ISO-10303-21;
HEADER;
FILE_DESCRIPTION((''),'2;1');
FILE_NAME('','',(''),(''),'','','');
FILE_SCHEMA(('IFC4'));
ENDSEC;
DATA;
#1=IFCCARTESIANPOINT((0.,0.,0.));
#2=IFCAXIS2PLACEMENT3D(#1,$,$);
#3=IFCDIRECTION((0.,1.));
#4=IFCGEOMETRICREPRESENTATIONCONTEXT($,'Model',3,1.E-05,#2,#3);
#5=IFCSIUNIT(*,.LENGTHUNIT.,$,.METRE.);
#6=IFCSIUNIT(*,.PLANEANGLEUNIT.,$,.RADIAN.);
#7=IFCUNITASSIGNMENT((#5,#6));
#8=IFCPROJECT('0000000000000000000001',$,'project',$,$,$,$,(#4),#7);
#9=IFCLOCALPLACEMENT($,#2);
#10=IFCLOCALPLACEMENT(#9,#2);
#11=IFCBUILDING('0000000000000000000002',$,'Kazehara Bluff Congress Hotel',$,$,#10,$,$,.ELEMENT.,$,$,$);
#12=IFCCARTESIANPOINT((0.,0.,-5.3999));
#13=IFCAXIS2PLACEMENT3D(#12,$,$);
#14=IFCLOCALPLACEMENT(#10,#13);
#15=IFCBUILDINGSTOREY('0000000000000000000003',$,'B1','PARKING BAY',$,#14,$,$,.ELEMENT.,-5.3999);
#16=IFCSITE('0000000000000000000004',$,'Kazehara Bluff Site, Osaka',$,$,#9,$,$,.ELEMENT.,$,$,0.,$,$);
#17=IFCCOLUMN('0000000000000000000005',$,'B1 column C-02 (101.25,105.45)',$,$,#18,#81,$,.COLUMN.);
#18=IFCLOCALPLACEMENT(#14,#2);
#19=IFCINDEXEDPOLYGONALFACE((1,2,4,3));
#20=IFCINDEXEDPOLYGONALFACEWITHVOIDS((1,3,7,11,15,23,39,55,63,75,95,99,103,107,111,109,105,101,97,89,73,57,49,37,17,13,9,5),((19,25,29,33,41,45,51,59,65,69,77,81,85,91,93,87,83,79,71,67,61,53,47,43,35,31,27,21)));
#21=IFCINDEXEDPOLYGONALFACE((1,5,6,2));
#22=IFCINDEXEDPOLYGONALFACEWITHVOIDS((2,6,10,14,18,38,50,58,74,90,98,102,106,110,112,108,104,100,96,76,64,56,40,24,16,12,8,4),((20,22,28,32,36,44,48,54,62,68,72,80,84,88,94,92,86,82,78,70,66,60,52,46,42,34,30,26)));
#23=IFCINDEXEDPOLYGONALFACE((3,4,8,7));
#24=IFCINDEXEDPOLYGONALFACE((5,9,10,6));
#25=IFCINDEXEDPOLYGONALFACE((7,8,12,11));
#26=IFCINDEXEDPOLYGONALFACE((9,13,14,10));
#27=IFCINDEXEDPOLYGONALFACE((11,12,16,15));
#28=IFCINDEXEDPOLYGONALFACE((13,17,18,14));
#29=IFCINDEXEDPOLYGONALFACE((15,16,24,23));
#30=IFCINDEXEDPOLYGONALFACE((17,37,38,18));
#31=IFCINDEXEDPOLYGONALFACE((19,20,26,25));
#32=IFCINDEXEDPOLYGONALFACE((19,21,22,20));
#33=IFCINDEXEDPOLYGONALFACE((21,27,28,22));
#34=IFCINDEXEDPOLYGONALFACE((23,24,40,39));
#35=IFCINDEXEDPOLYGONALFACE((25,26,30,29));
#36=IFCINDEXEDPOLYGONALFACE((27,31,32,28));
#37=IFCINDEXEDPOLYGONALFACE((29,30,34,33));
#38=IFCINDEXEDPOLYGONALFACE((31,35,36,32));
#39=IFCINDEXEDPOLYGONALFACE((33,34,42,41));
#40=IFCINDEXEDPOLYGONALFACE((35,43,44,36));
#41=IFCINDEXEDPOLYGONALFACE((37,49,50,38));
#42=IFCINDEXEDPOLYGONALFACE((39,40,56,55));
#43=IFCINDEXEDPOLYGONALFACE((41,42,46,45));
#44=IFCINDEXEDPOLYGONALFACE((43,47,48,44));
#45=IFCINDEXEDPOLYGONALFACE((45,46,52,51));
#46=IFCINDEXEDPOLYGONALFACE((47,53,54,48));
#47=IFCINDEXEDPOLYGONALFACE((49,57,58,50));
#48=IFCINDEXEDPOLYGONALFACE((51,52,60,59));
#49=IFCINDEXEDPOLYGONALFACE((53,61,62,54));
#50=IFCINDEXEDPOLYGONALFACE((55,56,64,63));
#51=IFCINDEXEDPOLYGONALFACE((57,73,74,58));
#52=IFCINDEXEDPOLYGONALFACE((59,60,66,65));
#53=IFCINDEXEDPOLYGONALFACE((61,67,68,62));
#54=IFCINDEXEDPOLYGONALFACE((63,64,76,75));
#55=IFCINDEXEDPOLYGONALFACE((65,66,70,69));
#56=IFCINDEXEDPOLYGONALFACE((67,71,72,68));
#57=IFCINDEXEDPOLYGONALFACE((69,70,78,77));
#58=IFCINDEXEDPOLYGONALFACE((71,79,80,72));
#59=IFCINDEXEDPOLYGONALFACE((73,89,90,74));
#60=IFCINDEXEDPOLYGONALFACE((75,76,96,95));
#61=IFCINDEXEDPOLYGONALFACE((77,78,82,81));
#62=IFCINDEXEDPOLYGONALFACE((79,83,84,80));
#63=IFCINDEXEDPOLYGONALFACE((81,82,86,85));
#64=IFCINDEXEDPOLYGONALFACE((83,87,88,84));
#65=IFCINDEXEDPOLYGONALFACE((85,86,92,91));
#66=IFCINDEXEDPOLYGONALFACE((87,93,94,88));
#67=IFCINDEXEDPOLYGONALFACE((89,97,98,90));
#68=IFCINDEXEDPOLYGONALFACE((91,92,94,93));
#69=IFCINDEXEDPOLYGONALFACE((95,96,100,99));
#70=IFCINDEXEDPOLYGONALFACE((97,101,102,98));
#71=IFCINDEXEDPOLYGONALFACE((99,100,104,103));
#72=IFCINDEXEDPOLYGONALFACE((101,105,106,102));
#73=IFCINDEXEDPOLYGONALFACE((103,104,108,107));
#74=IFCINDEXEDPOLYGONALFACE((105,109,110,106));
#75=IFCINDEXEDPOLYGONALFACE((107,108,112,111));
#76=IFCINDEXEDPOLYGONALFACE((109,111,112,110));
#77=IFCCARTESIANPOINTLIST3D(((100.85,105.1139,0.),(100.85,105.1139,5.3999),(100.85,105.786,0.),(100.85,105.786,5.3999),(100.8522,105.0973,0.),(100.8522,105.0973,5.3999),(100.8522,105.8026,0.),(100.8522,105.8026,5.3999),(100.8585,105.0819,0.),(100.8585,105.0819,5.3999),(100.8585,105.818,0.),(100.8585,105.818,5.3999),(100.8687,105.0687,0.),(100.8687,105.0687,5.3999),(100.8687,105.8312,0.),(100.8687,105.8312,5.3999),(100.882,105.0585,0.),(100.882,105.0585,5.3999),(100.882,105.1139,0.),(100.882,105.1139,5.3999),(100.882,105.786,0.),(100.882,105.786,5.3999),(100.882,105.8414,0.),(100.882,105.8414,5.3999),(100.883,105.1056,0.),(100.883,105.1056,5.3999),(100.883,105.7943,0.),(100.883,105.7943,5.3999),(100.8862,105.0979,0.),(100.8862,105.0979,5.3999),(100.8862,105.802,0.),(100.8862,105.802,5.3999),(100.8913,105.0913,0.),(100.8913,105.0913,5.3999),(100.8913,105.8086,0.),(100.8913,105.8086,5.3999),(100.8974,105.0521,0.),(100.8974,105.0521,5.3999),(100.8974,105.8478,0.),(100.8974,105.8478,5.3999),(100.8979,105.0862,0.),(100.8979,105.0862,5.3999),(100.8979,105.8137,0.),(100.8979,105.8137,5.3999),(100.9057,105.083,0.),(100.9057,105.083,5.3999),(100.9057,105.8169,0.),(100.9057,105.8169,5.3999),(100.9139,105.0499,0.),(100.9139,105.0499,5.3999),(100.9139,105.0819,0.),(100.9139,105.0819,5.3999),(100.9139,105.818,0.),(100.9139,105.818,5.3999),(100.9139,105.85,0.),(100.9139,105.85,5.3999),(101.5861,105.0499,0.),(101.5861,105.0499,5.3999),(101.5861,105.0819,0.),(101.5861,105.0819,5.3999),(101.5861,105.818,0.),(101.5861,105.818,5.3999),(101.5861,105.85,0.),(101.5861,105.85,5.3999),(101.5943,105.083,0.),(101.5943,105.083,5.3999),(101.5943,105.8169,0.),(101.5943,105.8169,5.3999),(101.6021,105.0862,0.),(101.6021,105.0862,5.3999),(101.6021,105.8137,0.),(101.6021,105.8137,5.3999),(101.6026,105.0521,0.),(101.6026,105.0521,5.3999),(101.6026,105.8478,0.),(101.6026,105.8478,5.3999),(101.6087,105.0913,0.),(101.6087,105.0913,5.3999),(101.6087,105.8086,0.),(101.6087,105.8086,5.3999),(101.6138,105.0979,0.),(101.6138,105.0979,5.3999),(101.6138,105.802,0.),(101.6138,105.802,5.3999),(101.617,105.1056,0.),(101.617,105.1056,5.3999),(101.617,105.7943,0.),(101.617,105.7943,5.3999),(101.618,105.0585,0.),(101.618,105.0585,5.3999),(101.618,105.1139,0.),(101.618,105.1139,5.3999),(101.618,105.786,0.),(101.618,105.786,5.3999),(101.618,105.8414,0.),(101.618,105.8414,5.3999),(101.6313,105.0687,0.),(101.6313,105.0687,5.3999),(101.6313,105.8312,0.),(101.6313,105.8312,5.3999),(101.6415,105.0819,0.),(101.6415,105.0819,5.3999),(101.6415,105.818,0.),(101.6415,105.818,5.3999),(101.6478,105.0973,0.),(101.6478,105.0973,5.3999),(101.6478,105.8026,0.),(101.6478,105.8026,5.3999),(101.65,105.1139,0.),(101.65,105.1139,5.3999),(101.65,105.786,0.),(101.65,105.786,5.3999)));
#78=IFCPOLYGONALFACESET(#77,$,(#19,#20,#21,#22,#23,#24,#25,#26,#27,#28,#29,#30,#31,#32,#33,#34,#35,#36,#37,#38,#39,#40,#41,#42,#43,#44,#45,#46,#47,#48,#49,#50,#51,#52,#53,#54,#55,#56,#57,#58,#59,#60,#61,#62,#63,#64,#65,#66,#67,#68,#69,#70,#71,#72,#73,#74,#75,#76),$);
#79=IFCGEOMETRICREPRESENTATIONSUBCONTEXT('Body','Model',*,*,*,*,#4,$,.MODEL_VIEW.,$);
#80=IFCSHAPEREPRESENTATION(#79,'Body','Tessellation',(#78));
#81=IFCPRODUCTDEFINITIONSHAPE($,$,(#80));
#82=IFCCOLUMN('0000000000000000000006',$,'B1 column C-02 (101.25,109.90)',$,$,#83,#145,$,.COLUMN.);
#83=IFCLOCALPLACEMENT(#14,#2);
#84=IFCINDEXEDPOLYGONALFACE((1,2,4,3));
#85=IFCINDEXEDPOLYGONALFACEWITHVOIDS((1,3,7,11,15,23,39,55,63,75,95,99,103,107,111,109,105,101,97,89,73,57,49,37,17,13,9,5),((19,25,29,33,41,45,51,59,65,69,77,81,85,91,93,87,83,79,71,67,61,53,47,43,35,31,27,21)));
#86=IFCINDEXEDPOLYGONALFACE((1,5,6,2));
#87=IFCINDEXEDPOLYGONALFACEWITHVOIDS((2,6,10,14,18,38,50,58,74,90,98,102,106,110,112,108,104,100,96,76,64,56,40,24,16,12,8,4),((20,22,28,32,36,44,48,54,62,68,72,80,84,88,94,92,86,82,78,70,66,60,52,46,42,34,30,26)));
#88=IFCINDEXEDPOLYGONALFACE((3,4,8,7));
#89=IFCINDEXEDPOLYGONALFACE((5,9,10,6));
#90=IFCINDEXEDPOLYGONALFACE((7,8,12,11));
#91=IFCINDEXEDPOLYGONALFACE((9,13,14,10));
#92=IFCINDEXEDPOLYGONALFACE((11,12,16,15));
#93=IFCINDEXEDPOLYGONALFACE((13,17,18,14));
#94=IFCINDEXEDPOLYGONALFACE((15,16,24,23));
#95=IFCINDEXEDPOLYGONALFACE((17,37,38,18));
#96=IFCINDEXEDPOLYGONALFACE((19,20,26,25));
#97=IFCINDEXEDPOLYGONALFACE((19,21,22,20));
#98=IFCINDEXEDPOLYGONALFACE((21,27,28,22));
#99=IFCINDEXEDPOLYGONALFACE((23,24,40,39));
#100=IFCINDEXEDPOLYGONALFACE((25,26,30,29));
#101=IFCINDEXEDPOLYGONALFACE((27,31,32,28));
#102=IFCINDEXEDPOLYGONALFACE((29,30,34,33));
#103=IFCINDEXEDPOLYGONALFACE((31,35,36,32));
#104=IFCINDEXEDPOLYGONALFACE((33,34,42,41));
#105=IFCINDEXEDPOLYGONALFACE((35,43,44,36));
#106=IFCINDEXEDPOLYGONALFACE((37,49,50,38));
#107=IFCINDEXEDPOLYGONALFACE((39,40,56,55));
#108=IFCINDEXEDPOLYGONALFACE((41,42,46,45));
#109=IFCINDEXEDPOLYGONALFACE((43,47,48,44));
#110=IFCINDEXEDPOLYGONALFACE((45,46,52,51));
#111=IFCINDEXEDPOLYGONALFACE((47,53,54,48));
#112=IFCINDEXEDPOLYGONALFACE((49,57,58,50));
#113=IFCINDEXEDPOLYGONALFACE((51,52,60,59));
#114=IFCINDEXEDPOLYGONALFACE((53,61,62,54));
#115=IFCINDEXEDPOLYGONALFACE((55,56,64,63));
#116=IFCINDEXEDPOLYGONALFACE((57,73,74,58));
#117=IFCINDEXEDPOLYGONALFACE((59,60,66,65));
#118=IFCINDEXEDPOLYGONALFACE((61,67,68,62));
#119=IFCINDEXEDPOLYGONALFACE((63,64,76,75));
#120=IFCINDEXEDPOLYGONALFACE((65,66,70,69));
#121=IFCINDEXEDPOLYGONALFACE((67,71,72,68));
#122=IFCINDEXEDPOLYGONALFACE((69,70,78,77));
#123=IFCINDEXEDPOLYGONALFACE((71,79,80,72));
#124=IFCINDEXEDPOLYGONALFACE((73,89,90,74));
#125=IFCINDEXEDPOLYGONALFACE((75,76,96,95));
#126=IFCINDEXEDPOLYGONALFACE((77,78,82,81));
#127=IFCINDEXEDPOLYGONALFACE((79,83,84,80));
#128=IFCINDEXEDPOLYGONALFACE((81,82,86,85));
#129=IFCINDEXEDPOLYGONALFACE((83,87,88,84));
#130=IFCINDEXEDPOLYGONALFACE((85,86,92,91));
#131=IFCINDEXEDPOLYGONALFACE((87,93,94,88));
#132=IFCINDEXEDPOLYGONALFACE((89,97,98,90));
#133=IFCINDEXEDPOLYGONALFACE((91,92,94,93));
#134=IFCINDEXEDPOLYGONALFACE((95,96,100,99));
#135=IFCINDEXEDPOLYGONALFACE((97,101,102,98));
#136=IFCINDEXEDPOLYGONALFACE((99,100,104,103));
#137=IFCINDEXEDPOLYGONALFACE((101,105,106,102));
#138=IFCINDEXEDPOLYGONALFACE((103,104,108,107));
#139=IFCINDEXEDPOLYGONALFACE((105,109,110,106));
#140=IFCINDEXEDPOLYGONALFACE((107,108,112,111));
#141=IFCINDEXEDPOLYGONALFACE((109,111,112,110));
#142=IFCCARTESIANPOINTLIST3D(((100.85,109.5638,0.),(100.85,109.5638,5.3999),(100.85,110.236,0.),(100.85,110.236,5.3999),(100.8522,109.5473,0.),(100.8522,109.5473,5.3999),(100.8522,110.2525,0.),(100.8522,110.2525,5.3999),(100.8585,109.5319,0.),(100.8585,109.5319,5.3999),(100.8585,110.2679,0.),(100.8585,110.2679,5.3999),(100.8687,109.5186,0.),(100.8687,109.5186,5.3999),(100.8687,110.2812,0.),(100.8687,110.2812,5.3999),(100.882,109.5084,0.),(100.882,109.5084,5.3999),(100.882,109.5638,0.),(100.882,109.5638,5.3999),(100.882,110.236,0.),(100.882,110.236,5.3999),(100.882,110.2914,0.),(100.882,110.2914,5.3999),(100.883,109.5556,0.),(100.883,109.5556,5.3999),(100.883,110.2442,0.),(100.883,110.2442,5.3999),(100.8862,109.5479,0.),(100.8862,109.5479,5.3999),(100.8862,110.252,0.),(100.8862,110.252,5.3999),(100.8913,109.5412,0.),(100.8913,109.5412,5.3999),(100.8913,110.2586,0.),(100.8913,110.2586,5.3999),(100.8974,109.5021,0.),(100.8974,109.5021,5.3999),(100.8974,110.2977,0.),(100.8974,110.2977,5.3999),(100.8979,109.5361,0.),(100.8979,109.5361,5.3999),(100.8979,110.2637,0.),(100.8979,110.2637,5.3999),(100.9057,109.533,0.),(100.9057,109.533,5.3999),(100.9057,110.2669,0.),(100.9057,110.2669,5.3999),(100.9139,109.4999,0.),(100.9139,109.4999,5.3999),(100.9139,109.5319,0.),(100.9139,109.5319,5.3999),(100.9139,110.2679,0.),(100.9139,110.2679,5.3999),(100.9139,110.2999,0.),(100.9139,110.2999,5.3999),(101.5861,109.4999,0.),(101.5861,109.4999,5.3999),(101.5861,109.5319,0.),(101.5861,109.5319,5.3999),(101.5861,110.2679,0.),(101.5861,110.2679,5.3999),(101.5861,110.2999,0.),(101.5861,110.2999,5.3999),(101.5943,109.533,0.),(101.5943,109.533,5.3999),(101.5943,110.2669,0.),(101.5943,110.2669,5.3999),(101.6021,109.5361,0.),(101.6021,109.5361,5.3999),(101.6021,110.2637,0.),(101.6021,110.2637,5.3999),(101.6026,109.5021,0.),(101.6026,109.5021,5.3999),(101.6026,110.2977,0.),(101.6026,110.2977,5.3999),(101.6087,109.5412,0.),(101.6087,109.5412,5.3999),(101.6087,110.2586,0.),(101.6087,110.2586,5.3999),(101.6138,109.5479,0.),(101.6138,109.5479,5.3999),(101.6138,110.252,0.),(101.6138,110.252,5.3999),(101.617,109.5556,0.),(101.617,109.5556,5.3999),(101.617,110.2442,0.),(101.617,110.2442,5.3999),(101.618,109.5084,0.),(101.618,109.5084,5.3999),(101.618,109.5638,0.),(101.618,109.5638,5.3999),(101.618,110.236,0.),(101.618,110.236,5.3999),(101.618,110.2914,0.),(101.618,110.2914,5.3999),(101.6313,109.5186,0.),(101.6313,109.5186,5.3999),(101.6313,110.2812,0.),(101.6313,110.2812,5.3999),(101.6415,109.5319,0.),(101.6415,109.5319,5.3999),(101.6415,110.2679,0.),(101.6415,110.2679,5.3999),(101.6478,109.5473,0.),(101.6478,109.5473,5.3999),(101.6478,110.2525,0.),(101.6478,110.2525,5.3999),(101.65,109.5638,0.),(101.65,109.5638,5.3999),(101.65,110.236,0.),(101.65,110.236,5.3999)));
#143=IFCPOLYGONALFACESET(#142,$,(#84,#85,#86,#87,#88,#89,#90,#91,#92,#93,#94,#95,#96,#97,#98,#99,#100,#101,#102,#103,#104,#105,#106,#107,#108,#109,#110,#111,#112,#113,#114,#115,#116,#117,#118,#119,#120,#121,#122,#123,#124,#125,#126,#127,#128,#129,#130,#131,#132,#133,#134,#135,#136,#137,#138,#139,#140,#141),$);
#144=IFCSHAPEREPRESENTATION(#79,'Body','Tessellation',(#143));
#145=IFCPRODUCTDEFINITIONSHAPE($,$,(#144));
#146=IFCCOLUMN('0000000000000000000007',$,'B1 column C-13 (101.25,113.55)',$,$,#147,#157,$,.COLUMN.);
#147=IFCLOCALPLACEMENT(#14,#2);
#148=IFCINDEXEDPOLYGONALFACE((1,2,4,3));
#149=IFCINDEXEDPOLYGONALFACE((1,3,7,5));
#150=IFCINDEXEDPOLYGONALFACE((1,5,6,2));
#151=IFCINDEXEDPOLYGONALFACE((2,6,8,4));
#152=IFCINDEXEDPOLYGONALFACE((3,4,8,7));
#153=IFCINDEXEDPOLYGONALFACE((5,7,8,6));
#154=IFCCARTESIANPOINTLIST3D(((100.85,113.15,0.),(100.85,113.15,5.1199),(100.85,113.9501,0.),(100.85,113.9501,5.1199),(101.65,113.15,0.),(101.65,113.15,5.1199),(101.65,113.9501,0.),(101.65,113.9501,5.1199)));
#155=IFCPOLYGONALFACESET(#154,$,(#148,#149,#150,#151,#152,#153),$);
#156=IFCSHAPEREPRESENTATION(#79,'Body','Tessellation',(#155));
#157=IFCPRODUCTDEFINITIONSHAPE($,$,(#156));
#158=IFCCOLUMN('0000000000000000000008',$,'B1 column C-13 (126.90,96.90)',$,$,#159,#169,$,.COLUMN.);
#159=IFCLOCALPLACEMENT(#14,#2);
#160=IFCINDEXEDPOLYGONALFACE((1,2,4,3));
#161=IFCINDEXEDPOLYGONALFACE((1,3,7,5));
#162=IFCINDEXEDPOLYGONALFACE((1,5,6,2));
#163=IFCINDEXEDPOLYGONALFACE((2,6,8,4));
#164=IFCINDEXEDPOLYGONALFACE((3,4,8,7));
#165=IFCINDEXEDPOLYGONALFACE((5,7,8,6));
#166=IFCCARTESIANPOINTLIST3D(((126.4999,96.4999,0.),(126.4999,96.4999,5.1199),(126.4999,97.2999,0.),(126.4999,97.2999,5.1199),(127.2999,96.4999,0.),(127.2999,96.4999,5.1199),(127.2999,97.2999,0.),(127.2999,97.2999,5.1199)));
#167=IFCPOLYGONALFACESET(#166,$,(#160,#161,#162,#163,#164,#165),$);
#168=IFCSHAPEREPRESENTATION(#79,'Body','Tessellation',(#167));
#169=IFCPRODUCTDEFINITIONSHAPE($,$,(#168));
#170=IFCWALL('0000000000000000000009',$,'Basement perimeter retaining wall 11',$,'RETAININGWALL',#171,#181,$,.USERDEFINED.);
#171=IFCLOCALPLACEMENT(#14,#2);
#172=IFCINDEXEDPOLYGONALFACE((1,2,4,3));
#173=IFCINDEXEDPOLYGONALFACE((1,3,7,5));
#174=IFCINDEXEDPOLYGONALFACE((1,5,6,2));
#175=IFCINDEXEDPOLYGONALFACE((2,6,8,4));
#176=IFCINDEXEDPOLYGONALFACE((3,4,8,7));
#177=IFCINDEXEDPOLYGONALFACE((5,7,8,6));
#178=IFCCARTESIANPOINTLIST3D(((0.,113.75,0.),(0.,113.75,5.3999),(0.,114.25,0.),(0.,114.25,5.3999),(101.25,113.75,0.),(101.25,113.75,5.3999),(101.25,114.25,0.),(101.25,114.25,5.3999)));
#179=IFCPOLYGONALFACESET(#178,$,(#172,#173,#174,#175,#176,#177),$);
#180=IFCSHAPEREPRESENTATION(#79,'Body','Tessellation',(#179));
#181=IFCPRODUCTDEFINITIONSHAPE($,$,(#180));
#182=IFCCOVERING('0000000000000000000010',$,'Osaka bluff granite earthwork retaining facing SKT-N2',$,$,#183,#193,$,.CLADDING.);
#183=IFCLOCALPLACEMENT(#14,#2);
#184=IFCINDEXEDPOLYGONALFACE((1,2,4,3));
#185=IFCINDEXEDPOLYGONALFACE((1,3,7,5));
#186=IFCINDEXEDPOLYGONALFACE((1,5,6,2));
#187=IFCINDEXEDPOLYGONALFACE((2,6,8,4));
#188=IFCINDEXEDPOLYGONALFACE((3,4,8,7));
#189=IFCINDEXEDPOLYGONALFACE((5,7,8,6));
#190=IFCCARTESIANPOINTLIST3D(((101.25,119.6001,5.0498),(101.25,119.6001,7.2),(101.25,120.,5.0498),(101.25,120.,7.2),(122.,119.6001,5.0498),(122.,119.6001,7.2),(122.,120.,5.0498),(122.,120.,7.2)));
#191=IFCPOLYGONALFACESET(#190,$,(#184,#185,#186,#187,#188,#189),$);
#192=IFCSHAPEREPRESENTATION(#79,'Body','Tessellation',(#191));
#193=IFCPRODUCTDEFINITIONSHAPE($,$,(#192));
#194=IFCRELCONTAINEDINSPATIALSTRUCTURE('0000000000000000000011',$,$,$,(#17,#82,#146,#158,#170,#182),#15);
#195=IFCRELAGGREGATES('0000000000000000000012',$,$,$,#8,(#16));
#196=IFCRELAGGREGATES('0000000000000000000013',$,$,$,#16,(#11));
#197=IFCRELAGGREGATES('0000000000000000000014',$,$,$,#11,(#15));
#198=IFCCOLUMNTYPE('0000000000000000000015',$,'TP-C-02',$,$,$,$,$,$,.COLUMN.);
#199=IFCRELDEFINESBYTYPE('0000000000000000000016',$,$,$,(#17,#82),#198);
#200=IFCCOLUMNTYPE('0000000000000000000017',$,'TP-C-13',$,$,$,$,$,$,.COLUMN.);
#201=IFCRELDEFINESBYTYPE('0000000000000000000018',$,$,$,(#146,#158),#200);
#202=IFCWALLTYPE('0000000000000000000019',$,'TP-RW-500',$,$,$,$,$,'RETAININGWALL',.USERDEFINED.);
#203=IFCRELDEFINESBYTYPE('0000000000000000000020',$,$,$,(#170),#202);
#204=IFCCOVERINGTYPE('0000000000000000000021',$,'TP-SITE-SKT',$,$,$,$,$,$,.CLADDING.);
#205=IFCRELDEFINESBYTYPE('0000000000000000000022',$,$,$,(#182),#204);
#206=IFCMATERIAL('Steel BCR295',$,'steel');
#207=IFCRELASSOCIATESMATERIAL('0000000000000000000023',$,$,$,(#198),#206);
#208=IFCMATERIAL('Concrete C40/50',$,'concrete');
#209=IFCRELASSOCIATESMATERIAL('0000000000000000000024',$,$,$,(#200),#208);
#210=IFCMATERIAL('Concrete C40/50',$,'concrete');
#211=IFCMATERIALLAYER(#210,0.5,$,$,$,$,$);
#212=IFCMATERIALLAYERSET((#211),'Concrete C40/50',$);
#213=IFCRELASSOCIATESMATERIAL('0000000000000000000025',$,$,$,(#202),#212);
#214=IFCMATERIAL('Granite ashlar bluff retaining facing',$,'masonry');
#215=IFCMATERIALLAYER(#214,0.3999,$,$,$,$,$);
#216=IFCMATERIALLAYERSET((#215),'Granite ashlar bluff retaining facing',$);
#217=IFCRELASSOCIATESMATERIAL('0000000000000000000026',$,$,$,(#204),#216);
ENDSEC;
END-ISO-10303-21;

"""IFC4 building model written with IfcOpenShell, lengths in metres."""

from ifc_helpers import new_model, si_unit, direction, frame, frame_2d, origin, origin_2d, place, context, subcontext, project, spatial, rectangle, hollow_rectangle, extrude, material, layer, layer_set, material_profile, profile_set, type_object, element, save


model = new_model("IFC4")

# Units and contexts
model_context = context("Model", 3, precision=1e-05, world=origin(), true_north=direction((0.0, 1.0)))
body_context = subcontext(model_context, "Body", "Model", "MODEL_VIEW")
ifc_project = project(units=[si_unit("LENGTHUNIT", "METRE"), si_unit("PLANEANGLEUNIT", "RADIAN")], contexts=[model_context])

# Site, building, storey
site_placement = place(None, origin())
site = spatial("IfcSite", under=ifc_project, at=site_placement, Name="Kazehara Bluff Site, Osaka", CompositionType="ELEMENT", RefElevation=0.0)
building_placement = place(site_placement, origin())
building = spatial("IfcBuilding", under=site, at=building_placement, Name="Kazehara Bluff Congress Hotel", CompositionType="ELEMENT")
storey_placement = place(building_placement, frame((0.0, 0.0, -5.3999)))
storey = spatial("IfcBuildingStorey", under=building, at=storey_placement, Name="B1", Description="PARKING BAY", CompositionType="ELEMENT", Elevation=-5.3999)

# Columns
ifc_material_1 = material(Name="Steel BCR295", Category="steel")
ifc_material_profile_1 = material_profile(ifc_material_1, hollow_rectangle(XDim=0.8, YDim=0.8, WallThickness=0.032, InnerFilletRadius=0.032, OuterFilletRadius=0.064, at=origin_2d()))
ifc_profile_set_1 = profile_set([ifc_material_profile_1], Name="Steel BCR295")
column_type_1 = type_object("IfcColumnType", Name="TP-C-02", PredefinedType="COLUMN", material=ifc_profile_set_1)
for number, where, z_axis, x_axis, name in (
    (1, (101.25, 105.45, 0.0), (0.0, 0.0, 1.0), (1.0, 0.0, 0.0), "B1 column C-02 (101.25,105.45)"),
    (2, (101.25, 109.8999, 0.0), (0.0, 0.0, 1.0), (1.0, 0.0, 0.0), "B1 column C-02 (101.25,109.90)"),
):
    element("IfcColumn", number, at=place(storey_placement, frame(where, z_axis=z_axis, x_axis=x_axis)), inside=storey, type_object=column_type_1, Name=name, PredefinedType="COLUMN", context=body_context, shape_type="SweptSolid", body=[
        extrude(hollow_rectangle(XDim=0.8, YDim=0.8, WallThickness=0.032, InnerFilletRadius=0.032, OuterFilletRadius=0.064, at=origin_2d()), origin(), (0.0, 0.0, 1.0), 5.3999),
    ])
ifc_material_2 = material(Name="Concrete C40/50", Category="concrete")
ifc_material_profile_2 = material_profile(ifc_material_2, rectangle(XDim=0.8, YDim=0.8, at=origin_2d()))
ifc_profile_set_2 = profile_set([ifc_material_profile_2], Name="Concrete C40/50")
column_type_2 = type_object("IfcColumnType", Name="TP-C-13", PredefinedType="COLUMN", material=ifc_profile_set_2)
for number, where, z_axis, x_axis, name in (
    (3, (101.25, 113.55, 0.0), (0.0, 0.0, 1.0), (1.0, 0.0, 0.0), "B1 column C-13 (101.25,113.55)"),
    (4, (126.8999, 96.8999, 0.0), (0.0, 0.0, 1.0), (1.0, 0.0, 0.0), "B1 column C-13 (126.90,96.90)"),
):
    element("IfcColumn", number, at=place(storey_placement, frame(where, z_axis=z_axis, x_axis=x_axis)), inside=storey, type_object=column_type_2, Name=name, PredefinedType="COLUMN", context=body_context, shape_type="SweptSolid", body=[
        extrude(rectangle(XDim=0.8, YDim=0.8, at=origin_2d()), origin(), (0.0, 0.0, 1.0), 5.1199),
    ])

# Wall
ifc_material_3 = material(Name="Concrete C40/50", Category="concrete")
ifc_layer_1 = layer(ifc_material_3, 0.5)
ifc_layer_set_1 = layer_set([ifc_layer_1], Name="Concrete C40/50")
wall_type = type_object("IfcWallType", Name="TP-RW-500", ElementType="RETAININGWALL", PredefinedType="USERDEFINED", material=ifc_layer_set_1)
wall_placement = place(storey_placement, frame((101.25, 114.0, 0.0), z_axis=(0.0, 0.0, 1.0), x_axis=(-1.0, 0.0, 0.0)))
element("IfcWall", 5, at=wall_placement, inside=storey, type_object=wall_type, Name="Basement perimeter retaining wall 11", ObjectType="RETAININGWALL", PredefinedType="USERDEFINED", context=body_context, shape_type="SweptSolid", body=[
    extrude(rectangle(XDim=101.25, YDim=0.5, at=frame_2d((50.625, 0.0))), origin(), (0.0, 0.0, 1.0), 5.3999),
])

# Covering
ifc_material_4 = material(Name="Granite ashlar bluff retaining facing", Category="masonry")
ifc_layer_2 = layer(ifc_material_4, 0.3999)
ifc_layer_set_2 = layer_set([ifc_layer_2], Name="Granite ashlar bluff retaining facing")
covering_type = type_object("IfcCoveringType", Name="TP-SITE-SKT", PredefinedType="CLADDING", material=ifc_layer_set_2)
covering_1_placement = place(storey_placement, frame((101.25, 119.8, 5.0498), z_axis=(0.0, 0.0, 1.0), x_axis=(1.0, 0.0, 0.0)))
element("IfcCovering", 6, at=covering_1_placement, inside=storey, type_object=covering_type, Name="Osaka bluff granite earthwork retaining facing SKT-N2", PredefinedType="CLADDING", context=body_context, shape_type="SweptSolid", body=[
    extrude(rectangle(XDim=20.75, YDim=0.3999, at=frame_2d((10.375, 0.0))), origin(), (0.0, 0.0, 1.0), 2.1501),
])

save(model, "model.ifc")
